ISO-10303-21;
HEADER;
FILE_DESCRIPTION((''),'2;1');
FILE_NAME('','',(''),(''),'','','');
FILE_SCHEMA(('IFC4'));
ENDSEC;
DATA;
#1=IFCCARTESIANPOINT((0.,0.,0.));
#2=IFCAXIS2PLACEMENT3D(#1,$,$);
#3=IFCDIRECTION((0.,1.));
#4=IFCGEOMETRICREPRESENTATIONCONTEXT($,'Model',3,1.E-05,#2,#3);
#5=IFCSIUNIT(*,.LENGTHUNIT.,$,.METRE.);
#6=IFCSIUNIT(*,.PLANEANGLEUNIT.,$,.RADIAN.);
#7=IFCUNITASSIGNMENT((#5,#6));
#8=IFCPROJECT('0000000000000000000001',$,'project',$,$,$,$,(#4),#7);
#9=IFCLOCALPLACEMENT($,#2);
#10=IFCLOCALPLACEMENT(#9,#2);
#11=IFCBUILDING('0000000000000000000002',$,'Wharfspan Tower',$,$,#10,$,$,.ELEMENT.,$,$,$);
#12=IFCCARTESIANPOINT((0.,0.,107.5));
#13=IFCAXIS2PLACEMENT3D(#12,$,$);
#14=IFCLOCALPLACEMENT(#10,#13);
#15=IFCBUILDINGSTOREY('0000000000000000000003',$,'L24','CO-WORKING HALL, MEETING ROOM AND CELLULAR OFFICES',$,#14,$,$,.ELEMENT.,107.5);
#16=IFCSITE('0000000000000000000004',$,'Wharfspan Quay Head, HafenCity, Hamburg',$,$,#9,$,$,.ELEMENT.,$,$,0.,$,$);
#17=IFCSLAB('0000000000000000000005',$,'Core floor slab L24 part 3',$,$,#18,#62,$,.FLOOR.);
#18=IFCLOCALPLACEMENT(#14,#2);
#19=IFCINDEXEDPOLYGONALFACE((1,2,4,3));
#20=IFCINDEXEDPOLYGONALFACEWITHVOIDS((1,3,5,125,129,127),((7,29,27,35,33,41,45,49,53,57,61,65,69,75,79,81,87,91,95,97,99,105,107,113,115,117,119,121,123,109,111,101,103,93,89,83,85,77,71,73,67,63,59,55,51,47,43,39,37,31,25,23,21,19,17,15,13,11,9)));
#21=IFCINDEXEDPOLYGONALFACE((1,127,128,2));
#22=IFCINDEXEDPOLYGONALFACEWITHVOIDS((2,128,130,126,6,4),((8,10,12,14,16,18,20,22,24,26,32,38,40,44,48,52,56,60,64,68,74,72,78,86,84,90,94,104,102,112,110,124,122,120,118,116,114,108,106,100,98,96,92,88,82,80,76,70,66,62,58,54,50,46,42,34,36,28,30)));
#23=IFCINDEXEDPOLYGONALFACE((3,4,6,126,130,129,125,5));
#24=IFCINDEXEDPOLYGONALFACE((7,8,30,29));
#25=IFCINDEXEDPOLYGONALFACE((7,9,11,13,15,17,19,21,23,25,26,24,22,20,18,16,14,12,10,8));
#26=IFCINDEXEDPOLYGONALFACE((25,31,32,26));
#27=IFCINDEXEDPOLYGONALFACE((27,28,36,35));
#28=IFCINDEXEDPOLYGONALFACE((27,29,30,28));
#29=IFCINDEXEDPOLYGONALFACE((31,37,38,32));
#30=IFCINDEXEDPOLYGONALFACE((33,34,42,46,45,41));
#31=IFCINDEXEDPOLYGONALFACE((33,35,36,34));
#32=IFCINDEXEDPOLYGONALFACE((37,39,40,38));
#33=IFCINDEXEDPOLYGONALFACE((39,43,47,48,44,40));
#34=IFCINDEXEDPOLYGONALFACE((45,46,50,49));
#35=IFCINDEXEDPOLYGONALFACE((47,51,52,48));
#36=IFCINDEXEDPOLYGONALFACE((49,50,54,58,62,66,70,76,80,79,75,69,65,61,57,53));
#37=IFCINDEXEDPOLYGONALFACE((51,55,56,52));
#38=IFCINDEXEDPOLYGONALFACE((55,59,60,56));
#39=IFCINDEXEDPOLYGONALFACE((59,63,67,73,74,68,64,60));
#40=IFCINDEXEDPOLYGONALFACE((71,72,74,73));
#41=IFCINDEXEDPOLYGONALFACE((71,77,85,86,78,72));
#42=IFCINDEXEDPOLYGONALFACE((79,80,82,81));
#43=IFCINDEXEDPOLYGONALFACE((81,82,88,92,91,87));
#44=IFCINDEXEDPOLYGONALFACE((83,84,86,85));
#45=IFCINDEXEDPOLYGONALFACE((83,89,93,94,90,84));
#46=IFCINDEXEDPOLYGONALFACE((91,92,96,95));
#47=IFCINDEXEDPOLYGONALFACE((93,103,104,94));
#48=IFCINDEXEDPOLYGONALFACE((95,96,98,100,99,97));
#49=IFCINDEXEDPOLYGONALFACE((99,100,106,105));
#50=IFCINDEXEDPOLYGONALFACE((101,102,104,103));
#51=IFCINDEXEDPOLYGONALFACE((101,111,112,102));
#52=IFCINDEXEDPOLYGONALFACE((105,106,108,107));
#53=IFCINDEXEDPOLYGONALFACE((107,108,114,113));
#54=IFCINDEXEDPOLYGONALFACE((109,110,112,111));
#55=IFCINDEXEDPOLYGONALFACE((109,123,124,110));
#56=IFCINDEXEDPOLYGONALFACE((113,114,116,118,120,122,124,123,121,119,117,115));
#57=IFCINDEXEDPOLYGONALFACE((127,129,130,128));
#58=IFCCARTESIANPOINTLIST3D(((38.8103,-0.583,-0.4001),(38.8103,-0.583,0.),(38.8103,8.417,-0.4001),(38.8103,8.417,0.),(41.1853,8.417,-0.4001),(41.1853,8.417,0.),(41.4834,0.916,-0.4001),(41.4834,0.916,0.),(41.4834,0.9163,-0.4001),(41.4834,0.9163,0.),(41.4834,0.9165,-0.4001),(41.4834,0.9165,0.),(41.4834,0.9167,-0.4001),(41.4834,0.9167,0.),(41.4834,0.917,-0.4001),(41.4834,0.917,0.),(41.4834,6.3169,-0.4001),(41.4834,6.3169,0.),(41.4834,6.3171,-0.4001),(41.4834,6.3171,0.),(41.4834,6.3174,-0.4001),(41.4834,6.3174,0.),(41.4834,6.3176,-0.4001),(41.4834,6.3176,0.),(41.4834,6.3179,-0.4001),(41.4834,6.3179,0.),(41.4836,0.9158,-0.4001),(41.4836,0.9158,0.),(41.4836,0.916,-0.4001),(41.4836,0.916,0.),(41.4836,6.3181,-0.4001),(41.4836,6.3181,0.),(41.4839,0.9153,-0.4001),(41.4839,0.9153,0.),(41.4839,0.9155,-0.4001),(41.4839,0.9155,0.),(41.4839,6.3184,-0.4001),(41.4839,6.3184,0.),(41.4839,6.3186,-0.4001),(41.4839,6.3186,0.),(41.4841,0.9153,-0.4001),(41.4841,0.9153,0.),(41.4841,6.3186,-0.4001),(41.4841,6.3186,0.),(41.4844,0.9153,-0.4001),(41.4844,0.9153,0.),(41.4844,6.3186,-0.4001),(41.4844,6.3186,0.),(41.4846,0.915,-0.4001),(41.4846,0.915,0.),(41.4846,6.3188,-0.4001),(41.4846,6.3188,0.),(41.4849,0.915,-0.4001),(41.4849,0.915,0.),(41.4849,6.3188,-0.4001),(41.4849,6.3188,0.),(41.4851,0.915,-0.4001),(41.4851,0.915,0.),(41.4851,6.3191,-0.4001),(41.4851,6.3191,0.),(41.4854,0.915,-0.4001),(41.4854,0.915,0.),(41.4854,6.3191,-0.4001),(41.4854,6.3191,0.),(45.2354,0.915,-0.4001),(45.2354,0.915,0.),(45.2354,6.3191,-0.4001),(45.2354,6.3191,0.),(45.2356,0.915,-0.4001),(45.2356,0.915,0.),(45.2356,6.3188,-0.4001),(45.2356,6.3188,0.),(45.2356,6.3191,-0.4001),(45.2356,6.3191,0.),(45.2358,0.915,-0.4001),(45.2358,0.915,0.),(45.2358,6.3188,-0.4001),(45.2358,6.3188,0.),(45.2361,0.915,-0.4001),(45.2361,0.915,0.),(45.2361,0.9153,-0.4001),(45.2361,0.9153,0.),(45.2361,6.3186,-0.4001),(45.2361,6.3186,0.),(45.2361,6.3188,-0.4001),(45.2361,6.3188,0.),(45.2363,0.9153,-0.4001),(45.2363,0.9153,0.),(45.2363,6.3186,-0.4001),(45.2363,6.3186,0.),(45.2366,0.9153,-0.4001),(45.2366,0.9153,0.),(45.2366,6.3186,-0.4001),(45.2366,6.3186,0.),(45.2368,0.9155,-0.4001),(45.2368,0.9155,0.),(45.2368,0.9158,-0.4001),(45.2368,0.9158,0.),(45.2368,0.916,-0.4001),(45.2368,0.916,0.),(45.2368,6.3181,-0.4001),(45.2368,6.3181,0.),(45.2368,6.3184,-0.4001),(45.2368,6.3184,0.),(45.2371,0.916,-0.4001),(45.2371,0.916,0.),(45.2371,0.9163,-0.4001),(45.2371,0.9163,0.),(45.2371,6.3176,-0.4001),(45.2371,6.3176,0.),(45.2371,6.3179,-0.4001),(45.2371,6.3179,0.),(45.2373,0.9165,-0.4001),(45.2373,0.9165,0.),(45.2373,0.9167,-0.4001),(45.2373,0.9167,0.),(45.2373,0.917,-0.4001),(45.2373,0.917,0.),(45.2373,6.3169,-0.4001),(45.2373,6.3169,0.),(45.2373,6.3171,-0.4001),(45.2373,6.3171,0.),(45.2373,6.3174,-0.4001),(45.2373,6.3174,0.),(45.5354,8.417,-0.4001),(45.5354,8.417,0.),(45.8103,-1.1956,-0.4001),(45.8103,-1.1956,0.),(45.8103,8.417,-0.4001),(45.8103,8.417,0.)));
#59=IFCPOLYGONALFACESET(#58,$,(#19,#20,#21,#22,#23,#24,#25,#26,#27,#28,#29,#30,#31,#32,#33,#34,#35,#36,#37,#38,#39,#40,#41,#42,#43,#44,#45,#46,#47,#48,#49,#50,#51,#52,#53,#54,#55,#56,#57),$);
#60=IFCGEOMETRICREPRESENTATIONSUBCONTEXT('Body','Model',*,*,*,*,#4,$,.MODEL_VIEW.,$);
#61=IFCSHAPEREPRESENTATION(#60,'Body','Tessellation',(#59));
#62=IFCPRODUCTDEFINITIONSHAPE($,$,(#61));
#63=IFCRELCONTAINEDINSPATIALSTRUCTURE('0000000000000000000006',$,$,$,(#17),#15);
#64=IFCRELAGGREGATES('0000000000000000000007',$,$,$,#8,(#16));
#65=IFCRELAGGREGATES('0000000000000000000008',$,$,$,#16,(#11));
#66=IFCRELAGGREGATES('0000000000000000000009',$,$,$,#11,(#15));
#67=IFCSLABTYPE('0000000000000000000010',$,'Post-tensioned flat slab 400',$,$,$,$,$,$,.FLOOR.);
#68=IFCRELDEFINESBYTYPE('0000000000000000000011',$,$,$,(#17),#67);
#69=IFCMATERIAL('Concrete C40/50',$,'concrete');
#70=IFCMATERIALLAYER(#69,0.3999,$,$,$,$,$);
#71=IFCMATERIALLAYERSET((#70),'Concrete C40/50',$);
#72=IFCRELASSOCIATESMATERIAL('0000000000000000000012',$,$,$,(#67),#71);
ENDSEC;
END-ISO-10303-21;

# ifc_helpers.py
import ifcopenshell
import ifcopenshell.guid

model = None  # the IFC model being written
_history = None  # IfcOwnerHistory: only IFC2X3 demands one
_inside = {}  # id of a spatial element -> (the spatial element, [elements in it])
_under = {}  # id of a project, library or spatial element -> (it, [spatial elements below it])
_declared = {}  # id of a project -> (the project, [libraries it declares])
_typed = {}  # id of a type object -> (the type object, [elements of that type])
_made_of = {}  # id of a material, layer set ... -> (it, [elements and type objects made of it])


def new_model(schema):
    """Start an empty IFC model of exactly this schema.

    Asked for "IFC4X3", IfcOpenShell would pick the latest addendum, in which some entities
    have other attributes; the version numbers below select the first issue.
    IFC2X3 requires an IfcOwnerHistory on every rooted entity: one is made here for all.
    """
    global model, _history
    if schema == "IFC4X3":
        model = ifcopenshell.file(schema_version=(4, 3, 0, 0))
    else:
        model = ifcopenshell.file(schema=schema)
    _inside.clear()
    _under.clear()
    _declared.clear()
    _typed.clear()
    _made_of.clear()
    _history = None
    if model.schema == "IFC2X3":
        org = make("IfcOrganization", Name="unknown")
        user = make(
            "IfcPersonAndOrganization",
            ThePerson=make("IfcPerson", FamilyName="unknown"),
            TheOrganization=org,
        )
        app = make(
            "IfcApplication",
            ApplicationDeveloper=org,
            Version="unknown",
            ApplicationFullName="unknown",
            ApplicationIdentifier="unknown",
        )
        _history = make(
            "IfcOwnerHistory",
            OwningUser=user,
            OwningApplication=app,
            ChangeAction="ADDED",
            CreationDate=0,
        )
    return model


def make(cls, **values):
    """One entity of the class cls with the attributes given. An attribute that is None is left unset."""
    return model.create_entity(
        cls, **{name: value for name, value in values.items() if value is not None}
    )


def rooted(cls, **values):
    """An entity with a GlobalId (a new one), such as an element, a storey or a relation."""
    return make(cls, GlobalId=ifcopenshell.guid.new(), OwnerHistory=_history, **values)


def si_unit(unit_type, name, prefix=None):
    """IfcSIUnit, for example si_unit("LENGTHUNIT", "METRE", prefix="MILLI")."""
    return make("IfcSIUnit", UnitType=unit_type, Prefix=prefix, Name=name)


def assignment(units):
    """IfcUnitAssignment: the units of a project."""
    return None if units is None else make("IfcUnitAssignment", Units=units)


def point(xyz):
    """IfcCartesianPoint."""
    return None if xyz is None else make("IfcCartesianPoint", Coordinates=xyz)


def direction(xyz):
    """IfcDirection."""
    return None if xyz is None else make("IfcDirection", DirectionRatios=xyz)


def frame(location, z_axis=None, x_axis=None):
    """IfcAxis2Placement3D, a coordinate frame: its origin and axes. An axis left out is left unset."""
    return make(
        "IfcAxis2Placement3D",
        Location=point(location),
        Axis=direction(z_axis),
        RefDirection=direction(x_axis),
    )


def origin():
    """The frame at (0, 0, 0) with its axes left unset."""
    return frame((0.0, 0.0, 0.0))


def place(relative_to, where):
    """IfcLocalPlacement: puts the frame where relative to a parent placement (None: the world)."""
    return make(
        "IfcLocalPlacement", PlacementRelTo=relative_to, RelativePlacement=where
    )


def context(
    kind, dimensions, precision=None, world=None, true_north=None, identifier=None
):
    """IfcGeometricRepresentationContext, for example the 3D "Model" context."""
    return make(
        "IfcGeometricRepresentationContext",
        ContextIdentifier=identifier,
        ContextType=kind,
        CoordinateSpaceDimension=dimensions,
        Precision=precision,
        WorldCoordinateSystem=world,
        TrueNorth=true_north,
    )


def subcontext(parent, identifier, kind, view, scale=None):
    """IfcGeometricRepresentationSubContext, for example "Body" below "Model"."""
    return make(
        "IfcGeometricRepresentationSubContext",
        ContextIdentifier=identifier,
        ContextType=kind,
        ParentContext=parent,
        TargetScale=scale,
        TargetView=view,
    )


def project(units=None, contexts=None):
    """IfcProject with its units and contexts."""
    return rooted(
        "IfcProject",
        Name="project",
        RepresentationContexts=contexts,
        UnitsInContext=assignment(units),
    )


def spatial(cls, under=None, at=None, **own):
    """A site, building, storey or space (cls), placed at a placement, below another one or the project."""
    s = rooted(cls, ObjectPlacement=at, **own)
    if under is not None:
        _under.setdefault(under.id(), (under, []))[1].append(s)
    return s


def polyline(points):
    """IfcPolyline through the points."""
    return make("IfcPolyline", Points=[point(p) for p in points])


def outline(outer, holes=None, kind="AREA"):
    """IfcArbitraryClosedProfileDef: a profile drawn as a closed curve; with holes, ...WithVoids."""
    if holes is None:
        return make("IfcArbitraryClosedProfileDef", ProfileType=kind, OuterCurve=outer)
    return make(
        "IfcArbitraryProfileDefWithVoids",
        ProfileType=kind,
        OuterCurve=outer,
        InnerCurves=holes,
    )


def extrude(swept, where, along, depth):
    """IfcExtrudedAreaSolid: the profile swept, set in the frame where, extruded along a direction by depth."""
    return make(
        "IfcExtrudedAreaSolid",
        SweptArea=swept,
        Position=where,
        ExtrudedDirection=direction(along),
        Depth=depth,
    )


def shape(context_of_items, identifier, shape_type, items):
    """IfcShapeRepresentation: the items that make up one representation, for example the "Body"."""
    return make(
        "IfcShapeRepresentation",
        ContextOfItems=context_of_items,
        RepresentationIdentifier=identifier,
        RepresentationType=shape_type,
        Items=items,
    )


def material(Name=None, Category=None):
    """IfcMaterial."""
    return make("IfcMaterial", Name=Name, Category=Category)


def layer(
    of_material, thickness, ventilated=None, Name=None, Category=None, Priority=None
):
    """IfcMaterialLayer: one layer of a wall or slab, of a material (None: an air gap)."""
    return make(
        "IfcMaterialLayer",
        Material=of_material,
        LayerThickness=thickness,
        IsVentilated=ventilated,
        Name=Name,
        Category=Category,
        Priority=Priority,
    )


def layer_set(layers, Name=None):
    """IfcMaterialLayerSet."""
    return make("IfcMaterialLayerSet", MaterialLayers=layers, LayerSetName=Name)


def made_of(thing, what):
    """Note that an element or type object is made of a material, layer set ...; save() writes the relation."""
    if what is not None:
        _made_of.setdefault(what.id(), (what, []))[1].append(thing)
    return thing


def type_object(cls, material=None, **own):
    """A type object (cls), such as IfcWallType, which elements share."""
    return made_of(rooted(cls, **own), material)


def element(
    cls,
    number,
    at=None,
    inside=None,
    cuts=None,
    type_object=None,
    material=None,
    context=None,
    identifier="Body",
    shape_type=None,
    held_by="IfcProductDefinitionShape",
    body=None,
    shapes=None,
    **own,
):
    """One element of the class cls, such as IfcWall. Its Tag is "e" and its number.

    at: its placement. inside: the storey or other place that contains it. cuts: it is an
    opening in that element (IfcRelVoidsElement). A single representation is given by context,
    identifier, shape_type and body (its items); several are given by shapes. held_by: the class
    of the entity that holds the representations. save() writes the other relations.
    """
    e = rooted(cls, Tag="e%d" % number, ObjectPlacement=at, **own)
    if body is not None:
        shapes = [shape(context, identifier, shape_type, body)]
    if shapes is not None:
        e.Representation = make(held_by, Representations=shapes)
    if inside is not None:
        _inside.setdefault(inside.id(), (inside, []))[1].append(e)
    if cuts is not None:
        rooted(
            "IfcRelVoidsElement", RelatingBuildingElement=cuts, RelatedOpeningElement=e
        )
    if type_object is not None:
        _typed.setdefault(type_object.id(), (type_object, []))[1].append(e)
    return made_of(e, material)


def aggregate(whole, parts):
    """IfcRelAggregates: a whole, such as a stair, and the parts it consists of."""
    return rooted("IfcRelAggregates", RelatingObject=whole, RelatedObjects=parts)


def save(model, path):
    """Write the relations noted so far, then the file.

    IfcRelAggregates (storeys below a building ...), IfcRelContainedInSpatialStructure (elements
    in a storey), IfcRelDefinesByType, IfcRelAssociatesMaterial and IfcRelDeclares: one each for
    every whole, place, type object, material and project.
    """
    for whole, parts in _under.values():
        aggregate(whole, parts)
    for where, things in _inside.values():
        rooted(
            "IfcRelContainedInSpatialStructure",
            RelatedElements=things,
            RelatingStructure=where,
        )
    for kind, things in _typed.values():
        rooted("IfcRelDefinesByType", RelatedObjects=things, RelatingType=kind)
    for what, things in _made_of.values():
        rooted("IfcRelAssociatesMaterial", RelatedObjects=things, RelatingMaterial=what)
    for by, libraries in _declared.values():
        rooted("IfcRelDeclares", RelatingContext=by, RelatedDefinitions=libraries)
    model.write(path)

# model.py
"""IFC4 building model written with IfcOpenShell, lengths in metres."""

from ifc_helpers import new_model, si_unit, direction, frame, origin, place, context, subcontext, project, spatial, polyline, outline, extrude, material, layer, layer_set, type_object, element, save


model = new_model("IFC4")

# Units and contexts
model_context = context("Model", 3, precision=1e-05, world=origin(), true_north=direction((0.0, 1.0)))
body_context = subcontext(model_context, "Body", "Model", "MODEL_VIEW")
ifc_project = project(units=[si_unit("LENGTHUNIT", "METRE"), si_unit("PLANEANGLEUNIT", "RADIAN")], contexts=[model_context])

# Site, building, storey
site_placement = place(None, origin())
site = spatial("IfcSite", under=ifc_project, at=site_placement, Name="Wharfspan Quay Head, HafenCity, Hamburg", CompositionType="ELEMENT", RefElevation=0.0)
building_placement = place(site_placement, origin())
building = spatial("IfcBuilding", under=site, at=building_placement, Name="Wharfspan Tower", CompositionType="ELEMENT")
storey_placement = place(building_placement, frame((0.0, 0.0, 107.5)))
storey = spatial("IfcBuildingStorey", under=building, at=storey_placement, Name="L24", Description="CO-WORKING HALL, MEETING ROOM AND CELLULAR OFFICES", CompositionType="ELEMENT", Elevation=107.5)

# Slab
ifc_material_1 = material(Name="Concrete C40/50", Category="concrete")
ifc_layer_1 = layer(ifc_material_1, 0.3999)
ifc_layer_set_1 = layer_set([ifc_layer_1], Name="Concrete C40/50")
slab_type_1 = type_object("IfcSlabType", Name="Post-tensioned flat slab 400", PredefinedType="FLOOR", material=ifc_layer_set_1)
slab_1_placement = place(storey_placement, frame((0.0, 0.0, -0.4001)))
element("IfcSlab", 1, at=slab_1_placement, inside=storey, type_object=slab_type_1, Name="Core floor slab L24 part 3", PredefinedType="FLOOR", context=body_context, shape_type="SweptSolid", body=[
    extrude(outline(polyline([(45.5354, 8.417), (41.1853, 8.417), (38.8103, 8.417), (38.8103, -0.583), (45.8103, -1.1956), (45.8103, 8.417), (45.5354, 8.417)]), holes=[polyline([(41.4834, 6.3169), (41.4834, 6.3171), (41.4834, 6.3174), (41.4834, 6.3174), (41.4834, 6.3176), (41.4834, 6.3179), (41.4836, 6.3181), (41.4836, 6.3181), (41.4839, 6.3184), (41.4839, 6.3186), (41.4841, 6.3186), (41.4844, 6.3186), (41.4846, 6.3188), (41.4846, 6.3188), (41.4849, 6.3188), (41.4851, 6.3191), (41.4854, 6.3191), (45.2354, 6.3191), (45.2356, 6.3191), (45.2356, 6.3188), (45.2358, 6.3188), (45.2361, 6.3188), (45.2361, 6.3186), (45.2363, 6.3186), (45.2366, 6.3186), (45.2368, 6.3184), (45.2368, 6.3181), (45.2368, 6.3181), (45.2371, 6.3179), (45.2371, 6.3176), (45.2373, 6.3174), (45.2373, 6.3174), (45.2373, 6.3171), (45.2373, 6.3169), (45.2373, 0.917), (45.2373, 0.9167), (45.2373, 0.9165), (45.2373, 0.9165), (45.2371, 0.9163), (45.2371, 0.916), (45.2368, 0.916), (45.2368, 0.9158), (45.2368, 0.9155), (45.2366, 0.9153), (45.2363, 0.9153), (45.2361, 0.9153), (45.2361, 0.915), (45.2358, 0.915), (45.2356, 0.915), (45.2356, 0.915), (45.2354, 0.915), (41.4854, 0.915), (41.4851, 0.915), (41.4849, 0.915), (41.4846, 0.915), (41.4846, 0.915), (41.4844, 0.9153), (41.4841, 0.9153), (41.4839, 0.9153), (41.4839, 0.9155), (41.4836, 0.9158), (41.4836, 0.916), (41.4834, 0.916), (41.4834, 0.9163), (41.4834, 0.9165), (41.4834, 0.9165), (41.4834, 0.9167), (41.4834, 0.917), (41.4834, 6.3169)])]), origin(), (0.0, 0.0, 1.0), 0.4001),
])

save(model, "model.ifc")
